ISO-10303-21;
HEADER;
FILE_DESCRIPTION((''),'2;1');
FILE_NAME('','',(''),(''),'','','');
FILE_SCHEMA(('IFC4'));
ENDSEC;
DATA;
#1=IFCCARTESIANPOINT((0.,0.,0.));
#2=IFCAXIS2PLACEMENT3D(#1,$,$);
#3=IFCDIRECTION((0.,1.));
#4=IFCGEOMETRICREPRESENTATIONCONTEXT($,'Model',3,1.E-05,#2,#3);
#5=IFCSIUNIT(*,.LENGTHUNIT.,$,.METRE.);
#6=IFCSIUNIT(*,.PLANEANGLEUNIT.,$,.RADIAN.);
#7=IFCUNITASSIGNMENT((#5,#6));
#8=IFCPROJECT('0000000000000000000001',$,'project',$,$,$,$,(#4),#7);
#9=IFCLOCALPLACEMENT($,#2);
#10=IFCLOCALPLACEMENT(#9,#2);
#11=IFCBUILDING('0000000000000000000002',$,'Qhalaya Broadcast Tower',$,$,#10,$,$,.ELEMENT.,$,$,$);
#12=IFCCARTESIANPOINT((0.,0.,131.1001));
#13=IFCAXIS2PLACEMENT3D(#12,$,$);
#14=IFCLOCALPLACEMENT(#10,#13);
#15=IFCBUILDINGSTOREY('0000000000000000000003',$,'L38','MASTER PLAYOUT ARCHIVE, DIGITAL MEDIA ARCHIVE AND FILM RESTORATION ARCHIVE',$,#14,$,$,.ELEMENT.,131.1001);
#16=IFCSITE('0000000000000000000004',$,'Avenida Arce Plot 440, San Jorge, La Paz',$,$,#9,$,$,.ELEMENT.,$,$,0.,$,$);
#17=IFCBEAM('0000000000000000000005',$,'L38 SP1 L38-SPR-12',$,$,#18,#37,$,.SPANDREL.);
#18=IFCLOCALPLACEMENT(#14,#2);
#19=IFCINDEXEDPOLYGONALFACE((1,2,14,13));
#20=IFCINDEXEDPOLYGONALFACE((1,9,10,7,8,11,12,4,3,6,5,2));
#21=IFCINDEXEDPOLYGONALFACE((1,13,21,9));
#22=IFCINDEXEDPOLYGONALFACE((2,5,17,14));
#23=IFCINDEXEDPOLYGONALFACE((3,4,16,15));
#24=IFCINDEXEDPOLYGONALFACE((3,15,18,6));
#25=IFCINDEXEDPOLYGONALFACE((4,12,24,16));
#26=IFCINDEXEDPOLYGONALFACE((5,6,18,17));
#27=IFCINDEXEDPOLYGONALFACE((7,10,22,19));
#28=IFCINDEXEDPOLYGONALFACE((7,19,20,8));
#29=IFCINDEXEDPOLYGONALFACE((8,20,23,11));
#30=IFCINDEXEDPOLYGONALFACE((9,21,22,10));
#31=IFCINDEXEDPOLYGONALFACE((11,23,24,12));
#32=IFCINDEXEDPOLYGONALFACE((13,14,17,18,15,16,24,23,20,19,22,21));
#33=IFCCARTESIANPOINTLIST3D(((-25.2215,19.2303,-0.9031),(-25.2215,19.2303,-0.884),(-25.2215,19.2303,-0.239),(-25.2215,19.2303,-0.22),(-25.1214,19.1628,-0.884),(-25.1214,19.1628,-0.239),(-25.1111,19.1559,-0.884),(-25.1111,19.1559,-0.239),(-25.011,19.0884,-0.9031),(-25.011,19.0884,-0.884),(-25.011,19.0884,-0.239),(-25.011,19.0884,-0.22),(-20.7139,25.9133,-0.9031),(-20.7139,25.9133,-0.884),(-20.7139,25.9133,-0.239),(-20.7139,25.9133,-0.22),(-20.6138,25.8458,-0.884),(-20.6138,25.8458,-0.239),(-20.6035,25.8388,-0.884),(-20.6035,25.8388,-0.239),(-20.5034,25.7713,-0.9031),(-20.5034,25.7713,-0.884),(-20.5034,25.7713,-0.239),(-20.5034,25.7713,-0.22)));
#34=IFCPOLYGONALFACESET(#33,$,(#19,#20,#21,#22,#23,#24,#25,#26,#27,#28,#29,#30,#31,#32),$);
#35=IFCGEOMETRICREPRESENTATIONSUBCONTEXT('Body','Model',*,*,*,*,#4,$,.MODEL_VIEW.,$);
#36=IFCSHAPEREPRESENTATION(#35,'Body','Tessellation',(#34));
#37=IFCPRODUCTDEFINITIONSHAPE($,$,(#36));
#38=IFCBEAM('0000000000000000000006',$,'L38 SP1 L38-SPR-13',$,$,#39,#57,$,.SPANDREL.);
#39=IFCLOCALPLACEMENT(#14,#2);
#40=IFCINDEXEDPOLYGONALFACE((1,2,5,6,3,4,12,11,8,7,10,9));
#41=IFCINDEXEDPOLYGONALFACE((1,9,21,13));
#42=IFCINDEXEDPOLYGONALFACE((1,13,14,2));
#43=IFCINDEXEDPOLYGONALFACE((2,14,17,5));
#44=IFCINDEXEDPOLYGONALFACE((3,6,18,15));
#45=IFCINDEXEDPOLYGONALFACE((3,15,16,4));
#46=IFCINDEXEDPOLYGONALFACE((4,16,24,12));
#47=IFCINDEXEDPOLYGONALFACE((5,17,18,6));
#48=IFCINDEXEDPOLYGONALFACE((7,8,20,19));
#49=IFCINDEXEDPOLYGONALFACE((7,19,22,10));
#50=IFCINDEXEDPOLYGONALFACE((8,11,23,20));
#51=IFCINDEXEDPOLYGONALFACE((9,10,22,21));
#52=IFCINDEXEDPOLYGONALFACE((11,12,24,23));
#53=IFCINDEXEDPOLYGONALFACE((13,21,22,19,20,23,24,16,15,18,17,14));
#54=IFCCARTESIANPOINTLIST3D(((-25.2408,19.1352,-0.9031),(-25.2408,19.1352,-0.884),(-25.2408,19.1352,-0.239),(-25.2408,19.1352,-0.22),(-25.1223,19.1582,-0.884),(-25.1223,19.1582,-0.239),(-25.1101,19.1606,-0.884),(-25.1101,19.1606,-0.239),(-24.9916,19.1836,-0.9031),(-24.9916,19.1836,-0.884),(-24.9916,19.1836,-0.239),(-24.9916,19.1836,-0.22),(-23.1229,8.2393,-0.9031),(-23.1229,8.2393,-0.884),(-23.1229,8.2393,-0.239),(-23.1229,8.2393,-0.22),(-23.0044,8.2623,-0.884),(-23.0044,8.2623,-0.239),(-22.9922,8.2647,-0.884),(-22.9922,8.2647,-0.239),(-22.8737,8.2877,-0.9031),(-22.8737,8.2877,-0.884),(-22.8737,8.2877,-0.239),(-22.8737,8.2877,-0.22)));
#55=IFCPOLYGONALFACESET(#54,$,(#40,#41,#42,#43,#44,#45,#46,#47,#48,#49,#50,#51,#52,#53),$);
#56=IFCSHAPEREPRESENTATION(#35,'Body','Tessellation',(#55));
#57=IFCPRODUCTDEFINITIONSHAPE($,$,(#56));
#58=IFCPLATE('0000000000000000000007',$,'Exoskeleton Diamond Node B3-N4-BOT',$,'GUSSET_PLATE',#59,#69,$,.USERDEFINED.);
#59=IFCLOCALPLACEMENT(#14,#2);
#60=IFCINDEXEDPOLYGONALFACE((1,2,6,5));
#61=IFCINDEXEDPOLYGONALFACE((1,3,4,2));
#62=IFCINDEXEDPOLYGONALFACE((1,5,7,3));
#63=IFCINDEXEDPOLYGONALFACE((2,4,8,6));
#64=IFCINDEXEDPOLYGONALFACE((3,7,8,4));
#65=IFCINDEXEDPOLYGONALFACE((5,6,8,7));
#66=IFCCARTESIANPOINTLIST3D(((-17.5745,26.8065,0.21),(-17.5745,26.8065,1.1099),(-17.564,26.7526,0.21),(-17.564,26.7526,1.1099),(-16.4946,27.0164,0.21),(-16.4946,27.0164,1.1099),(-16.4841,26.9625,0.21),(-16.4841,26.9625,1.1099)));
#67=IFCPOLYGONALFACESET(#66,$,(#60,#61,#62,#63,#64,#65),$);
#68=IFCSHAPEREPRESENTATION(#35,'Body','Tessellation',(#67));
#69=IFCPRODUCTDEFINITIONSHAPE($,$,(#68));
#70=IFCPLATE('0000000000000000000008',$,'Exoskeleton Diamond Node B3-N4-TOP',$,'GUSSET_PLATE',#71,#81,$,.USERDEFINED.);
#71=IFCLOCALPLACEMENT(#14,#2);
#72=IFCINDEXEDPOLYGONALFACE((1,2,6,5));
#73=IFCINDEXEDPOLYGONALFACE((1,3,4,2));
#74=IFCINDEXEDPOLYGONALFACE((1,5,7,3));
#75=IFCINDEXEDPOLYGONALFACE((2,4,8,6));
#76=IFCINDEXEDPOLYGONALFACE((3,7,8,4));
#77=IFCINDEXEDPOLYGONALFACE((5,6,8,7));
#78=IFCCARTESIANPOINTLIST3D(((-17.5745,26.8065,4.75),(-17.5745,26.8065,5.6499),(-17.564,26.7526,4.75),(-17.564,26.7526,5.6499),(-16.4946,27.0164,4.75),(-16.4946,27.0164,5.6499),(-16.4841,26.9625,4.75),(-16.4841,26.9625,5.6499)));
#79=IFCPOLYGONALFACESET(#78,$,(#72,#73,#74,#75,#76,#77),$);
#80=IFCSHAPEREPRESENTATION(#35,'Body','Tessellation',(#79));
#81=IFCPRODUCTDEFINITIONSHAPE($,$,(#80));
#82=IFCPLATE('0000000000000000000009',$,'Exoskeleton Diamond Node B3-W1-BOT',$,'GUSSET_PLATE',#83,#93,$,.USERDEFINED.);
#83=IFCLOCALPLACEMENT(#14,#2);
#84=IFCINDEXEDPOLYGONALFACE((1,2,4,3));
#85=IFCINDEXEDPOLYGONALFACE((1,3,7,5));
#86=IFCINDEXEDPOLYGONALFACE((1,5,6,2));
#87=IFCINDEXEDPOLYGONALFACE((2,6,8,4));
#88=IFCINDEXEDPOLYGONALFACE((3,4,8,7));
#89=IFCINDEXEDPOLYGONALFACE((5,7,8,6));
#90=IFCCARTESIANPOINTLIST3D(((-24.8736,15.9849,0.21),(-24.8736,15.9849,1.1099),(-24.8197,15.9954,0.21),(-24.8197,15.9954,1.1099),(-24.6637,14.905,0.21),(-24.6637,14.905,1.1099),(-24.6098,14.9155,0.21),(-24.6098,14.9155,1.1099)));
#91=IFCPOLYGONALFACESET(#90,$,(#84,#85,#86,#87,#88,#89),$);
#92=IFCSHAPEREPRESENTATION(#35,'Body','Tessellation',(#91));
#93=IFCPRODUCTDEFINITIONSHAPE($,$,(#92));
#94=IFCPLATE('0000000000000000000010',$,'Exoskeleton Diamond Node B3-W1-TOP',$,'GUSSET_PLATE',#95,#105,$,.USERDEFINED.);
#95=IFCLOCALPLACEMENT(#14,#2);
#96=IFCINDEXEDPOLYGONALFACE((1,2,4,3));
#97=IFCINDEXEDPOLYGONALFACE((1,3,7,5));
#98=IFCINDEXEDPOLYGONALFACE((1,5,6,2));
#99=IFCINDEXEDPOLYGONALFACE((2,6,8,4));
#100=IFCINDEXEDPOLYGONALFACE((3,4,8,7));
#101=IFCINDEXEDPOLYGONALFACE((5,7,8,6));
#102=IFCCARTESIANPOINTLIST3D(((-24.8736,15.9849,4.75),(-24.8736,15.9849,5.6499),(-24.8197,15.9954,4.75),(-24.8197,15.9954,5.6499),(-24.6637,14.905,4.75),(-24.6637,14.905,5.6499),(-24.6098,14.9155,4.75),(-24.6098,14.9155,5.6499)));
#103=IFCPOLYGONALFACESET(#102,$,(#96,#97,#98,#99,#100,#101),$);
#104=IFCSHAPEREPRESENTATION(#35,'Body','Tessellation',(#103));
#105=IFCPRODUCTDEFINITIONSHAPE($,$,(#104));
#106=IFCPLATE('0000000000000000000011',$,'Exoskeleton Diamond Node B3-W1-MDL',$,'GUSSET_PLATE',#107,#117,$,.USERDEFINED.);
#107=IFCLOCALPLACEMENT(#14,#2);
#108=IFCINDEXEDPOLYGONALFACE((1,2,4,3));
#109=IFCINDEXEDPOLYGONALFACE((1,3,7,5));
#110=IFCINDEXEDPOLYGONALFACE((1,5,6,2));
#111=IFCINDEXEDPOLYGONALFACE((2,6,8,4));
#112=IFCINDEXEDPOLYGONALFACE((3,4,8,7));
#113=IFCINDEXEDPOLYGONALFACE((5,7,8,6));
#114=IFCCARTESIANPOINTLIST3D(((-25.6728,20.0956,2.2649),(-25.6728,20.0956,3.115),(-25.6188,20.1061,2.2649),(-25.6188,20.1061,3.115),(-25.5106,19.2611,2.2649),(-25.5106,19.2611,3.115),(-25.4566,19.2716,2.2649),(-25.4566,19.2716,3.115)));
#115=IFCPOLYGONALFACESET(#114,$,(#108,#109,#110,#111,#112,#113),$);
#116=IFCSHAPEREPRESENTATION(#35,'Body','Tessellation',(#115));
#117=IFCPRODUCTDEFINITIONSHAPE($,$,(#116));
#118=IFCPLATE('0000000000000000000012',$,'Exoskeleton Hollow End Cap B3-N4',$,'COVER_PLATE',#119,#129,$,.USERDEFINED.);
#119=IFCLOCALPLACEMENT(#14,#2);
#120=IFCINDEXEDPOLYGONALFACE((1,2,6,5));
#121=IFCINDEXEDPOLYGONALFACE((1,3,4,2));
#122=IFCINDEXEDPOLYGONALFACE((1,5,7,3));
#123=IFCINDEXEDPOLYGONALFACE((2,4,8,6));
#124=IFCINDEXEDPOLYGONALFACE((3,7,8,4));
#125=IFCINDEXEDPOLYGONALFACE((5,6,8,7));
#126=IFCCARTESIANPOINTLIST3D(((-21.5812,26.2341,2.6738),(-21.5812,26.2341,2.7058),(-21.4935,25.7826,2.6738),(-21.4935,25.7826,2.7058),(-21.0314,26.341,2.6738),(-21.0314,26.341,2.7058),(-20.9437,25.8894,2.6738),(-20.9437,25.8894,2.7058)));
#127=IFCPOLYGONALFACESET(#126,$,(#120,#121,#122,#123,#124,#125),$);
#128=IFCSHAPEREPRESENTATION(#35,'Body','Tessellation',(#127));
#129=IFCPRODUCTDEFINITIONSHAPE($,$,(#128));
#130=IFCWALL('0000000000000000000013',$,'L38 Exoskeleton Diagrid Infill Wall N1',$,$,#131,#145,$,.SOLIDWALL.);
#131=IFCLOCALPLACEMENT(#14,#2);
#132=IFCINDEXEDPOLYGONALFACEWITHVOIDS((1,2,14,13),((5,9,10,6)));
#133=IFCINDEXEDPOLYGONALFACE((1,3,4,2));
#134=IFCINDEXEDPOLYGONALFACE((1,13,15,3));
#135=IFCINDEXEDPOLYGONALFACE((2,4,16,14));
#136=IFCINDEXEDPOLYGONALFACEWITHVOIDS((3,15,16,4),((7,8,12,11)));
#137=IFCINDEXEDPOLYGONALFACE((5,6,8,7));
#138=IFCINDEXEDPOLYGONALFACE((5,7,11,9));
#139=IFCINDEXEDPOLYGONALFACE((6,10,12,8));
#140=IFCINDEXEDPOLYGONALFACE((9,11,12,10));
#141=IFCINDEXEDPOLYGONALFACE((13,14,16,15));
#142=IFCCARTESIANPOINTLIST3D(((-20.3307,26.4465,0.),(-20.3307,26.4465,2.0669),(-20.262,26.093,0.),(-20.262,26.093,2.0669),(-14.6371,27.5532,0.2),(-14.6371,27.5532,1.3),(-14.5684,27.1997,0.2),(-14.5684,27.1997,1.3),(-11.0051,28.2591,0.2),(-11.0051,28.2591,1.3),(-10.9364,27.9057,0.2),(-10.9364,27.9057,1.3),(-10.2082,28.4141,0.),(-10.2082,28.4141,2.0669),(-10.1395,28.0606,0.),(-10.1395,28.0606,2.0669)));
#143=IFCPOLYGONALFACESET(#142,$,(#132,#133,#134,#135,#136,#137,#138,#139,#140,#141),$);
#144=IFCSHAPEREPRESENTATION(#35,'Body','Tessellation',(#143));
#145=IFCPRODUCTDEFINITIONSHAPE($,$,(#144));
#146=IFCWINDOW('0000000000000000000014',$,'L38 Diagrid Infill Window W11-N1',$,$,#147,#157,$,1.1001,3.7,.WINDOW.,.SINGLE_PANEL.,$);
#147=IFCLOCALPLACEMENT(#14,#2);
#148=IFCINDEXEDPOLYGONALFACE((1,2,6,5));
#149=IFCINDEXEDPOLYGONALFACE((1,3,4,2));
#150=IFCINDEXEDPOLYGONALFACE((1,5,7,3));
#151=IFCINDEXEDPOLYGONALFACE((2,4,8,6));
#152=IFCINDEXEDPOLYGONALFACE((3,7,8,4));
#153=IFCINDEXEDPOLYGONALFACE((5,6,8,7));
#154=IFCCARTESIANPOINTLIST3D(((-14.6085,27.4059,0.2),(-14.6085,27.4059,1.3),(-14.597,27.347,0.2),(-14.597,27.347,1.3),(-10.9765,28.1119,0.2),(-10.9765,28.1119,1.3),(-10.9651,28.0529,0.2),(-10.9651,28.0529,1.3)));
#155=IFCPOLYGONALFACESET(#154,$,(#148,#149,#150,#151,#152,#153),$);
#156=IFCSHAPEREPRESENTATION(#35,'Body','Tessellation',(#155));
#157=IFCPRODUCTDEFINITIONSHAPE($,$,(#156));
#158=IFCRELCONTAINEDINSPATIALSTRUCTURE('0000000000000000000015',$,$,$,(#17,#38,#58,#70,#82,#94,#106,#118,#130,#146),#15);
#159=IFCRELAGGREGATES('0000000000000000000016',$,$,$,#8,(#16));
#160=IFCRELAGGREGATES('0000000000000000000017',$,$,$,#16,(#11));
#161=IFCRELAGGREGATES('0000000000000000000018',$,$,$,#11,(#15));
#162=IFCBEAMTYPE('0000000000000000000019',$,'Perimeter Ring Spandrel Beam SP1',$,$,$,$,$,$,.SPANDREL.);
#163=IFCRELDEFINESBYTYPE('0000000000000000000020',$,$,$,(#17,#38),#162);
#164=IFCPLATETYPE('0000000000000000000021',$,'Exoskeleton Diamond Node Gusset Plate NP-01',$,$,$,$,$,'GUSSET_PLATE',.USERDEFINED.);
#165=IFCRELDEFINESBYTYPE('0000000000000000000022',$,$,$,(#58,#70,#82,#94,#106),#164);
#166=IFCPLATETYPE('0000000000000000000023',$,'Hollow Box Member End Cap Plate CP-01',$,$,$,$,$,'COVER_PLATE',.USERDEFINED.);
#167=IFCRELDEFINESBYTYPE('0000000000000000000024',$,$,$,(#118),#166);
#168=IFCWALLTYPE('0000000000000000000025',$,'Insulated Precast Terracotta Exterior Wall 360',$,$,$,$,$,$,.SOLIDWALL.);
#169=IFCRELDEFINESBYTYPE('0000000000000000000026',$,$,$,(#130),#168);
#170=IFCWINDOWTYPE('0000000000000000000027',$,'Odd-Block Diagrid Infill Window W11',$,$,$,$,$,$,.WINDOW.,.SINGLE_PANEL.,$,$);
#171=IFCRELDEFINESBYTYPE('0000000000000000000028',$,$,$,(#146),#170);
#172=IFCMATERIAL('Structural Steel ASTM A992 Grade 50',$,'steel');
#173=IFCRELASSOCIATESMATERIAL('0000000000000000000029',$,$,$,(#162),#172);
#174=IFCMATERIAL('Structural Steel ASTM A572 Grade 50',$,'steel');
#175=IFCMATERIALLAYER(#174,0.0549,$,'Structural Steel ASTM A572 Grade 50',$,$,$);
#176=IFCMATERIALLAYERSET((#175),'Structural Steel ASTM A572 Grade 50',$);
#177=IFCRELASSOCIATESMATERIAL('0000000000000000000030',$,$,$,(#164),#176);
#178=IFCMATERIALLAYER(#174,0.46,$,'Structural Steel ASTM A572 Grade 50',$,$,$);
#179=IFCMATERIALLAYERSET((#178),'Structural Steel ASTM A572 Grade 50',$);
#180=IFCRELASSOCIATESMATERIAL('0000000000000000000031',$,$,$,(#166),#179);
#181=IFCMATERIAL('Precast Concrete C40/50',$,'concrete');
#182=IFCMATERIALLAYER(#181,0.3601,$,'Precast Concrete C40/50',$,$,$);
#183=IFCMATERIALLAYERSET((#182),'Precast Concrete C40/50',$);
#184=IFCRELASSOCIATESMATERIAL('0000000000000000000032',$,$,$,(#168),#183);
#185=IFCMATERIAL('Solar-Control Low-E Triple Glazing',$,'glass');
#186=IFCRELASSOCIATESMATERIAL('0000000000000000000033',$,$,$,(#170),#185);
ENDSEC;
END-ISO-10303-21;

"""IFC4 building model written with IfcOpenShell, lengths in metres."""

from ifc_helpers import new_model, si_unit, direction, frame, frame_2d, origin, origin_2d, place, context, subcontext, project, spatial, rectangle, i_section, extrude, material, layer, layer_set, material_profile, profile_set, type_object, element, fill, save


model = new_model("IFC4")

# Units and contexts
model_context = context("Model", 3, precision=1e-05, world=origin(), true_north=direction((0.0, 1.0)))
body_context = subcontext(model_context, "Body", "Model", "MODEL_VIEW")
ifc_project = project(units=[si_unit("LENGTHUNIT", "METRE"), si_unit("PLANEANGLEUNIT", "RADIAN")], contexts=[model_context])

# Site, building, storey
site_placement = place(None, origin())
site = spatial("IfcSite", under=ifc_project, at=site_placement, Name="Avenida Arce Plot 440, San Jorge, La Paz", CompositionType="ELEMENT", RefElevation=0.0)
building_placement = place(site_placement, origin())
building = spatial("IfcBuilding", under=site, at=building_placement, Name="Qhalaya Broadcast Tower", CompositionType="ELEMENT")
storey_placement = place(building_placement, frame((0.0, 0.0, 131.1001)))
storey = spatial("IfcBuildingStorey", under=building, at=storey_placement, Name="L38", Description="MASTER PLAYOUT ARCHIVE, DIGITAL MEDIA ARCHIVE AND FILM RESTORATION ARCHIVE", CompositionType="ELEMENT", Elevation=131.1001)

# Shared definitions
ifc_material_1 = material(Name="Structural Steel ASTM A572 Grade 50", Category="steel")

# Shared definitions
ifc_material_2 = material(Name="Structural Steel ASTM A992 Grade 50", Category="steel")

# Beams
ifc_material_profile_1 = material_profile(ifc_material_2, i_section(OverallWidth=0.2539, OverallDepth=0.6831, WebThickness=0.0125, FlangeThickness=0.019, at=origin_2d()), Name="W27X94")
ifc_profile_set_1 = profile_set([ifc_material_profile_1], Name="Structural Steel ASTM A992 Grade 50")
beam_type_1 = type_object("IfcBeamType", Name="Perimeter Ring Spandrel Beam SP1", PredefinedType="SPANDREL", material=ifc_profile_set_1)
beam_1_placement = place(storey_placement, frame((-20.6086, 25.8423, -0.5615), z_axis=(-0.559186, -0.829042, 0.0), x_axis=(0.829042, -0.559186, 0.0)))
element("IfcBeam", 1, at=beam_1_placement, inside=storey, type_object=beam_type_1, Name="L38 SP1 L38-SPR-12", PredefinedType="SPANDREL", context=body_context, shape_type="SweptSolid", body=[
    extrude(i_section(OverallWidth=0.2539, OverallDepth=0.6831, WebThickness=0.0125, FlangeThickness=0.019, at=origin_2d()), origin(), (0.0, 0.0, 1.0), 8.061),
])
beam_2_placement = place(storey_placement, frame((-25.1162, 19.1594, -0.5615), z_axis=(0.190805, -0.981628, 0.0), x_axis=(0.981628, 0.190805, 0.0)))
element("IfcBeam", 2, at=beam_2_placement, inside=storey, type_object=beam_type_1, Name="L38 SP1 L38-SPR-13", PredefinedType="SPANDREL", context=body_context, shape_type="SweptSolid", body=[
    extrude(i_section(OverallWidth=0.2539, OverallDepth=0.6831, WebThickness=0.0125, FlangeThickness=0.019, at=origin_2d()), origin(), (0.0, 0.0, 1.0), 11.0999),
])

# Plates
ifc_layer_1 = layer(ifc_material_1, 0.0549, Name="Structural Steel ASTM A572 Grade 50")
ifc_layer_set_1 = layer_set([ifc_layer_1], Name="Structural Steel ASTM A572 Grade 50")
plate_type_1 = type_object("IfcPlateType", Name="Exoskeleton Diamond Node Gusset Plate NP-01", ElementType="GUSSET_PLATE", PredefinedType="USERDEFINED", material=ifc_layer_set_1)
for number, where, z_axis, x_axis, name in (
    (3, (-17.0293, 26.8845, 0.21), (0.0, 0.0, 1.0), (0.981627, 0.190809, 0.0), "Exoskeleton Diamond Node B3-N4-BOT"),
    (4, (-17.0293, 26.8845, 4.75), (0.0, 0.0, 1.0), (0.981627, 0.190809, 0.0), "Exoskeleton Diamond Node B3-N4-TOP"),
    (5, (-24.7417, 15.4502, 0.21), (0.0, 0.0, 1.0), (-0.190809, 0.981627, 0.0), "Exoskeleton Diamond Node B3-W1-BOT"),
    (6, (-24.7417, 15.4502, 4.75), (0.0, 0.0, 1.0), (-0.190809, 0.981627, 0.0), "Exoskeleton Diamond Node B3-W1-TOP"),
):
    element("IfcPlate", number, at=place(storey_placement, frame(where, z_axis=z_axis, x_axis=x_axis)), inside=storey, type_object=plate_type_1, Name=name, ObjectType="GUSSET_PLATE", PredefinedType="USERDEFINED", context=body_context, shape_type="SweptSolid", body=[
        extrude(rectangle(XDim=1.1001, YDim=0.0549, at=origin_2d()), origin(), (0.0, 0.0, 1.0), 0.8999),
    ])
plate_1_placement = place(storey_placement, frame((-25.5647, 19.6836, 2.2649), z_axis=(0.0, 0.0, 1.0), x_axis=(-0.190809, 0.981627, 0.0)))
element("IfcPlate", 7, at=plate_1_placement, inside=storey, type_object=plate_type_1, Name="Exoskeleton Diamond Node B3-W1-MDL", ObjectType="GUSSET_PLATE", PredefinedType="USERDEFINED", context=body_context, shape_type="SweptSolid", body=[
    extrude(rectangle(XDim=0.8501, YDim=0.0549, at=origin_2d()), origin(), (0.0, 0.0, 1.0), 0.8501),
])
ifc_layer_2 = layer(ifc_material_1, 0.46, Name="Structural Steel ASTM A572 Grade 50")
ifc_layer_set_2 = layer_set([ifc_layer_2], Name="Structural Steel ASTM A572 Grade 50")
plate_type_2 = type_object("IfcPlateType", Name="Hollow Box Member End Cap Plate CP-01", ElementType="COVER_PLATE", PredefinedType="USERDEFINED", material=ifc_layer_set_2)
plate_2_placement = place(storey_placement, frame((-21.2625, 26.0618, 2.6738), z_axis=(0.0, 0.0, 1.0), x_axis=(0.981627, 0.190809, 0.0)))
element("IfcPlate", 8, at=plate_2_placement, inside=storey, type_object=plate_type_2, Name="Exoskeleton Hollow End Cap B3-N4", ObjectType="COVER_PLATE", PredefinedType="USERDEFINED", context=body_context, shape_type="SweptSolid", body=[
    extrude(rectangle(XDim=0.5601, YDim=0.46, at=origin_2d()), origin(), (0.0, 0.0, 1.0), 0.032),
])

# Wall, opening, window
ifc_material_3 = material(Name="Precast Concrete C40/50", Category="concrete")
ifc_layer_3 = layer(ifc_material_3, 0.3601, Name="Precast Concrete C40/50")
ifc_layer_set_3 = layer_set([ifc_layer_3], Name="Precast Concrete C40/50")
wall_type = type_object("IfcWallType", Name="Insulated Precast Terracotta Exterior Wall 360", PredefinedType="SOLIDWALL", material=ifc_layer_set_3)
wall_placement = place(storey_placement, frame((-20.2964, 26.2698, 0.0), z_axis=(0.0, 0.0, 1.0), x_axis=(0.981629, 0.1908, 0.0)))
wall = element("IfcWall", 9, at=wall_placement, inside=storey, type_object=wall_type, Name="L38 Exoskeleton Diagrid Infill Wall N1", PredefinedType="SOLIDWALL", context=body_context, shape_type="SweptSolid", body=[
    extrude(rectangle(XDim=10.312, YDim=0.3601, at=frame_2d((5.156, 0.0))), origin(), (0.0, 0.0, 1.0), 2.0669),
])
opening_placement = place(wall_placement, frame((5.8, 0.0, 0.2)))
opening = element("IfcOpeningElement", 10, at=opening_placement, cuts=wall, PredefinedType="OPENING", context=body_context, shape_type="SweptSolid", body=[
    extrude(rectangle(XDim=3.7, YDim=1.1001, at=frame_2d((1.8501, 0.55))), frame((0.0, 0.1921, 0.0), z_axis=(0.0, -1.0, 0.0), x_axis=(1.0, 0.0, 0.0)), (0.0, 0.0, 1.0), 0.384),
])
ifc_material_4 = material(Name="Solar-Control Low-E Triple Glazing", Category="glass")
window_type = type_object("IfcWindowType", Name="Odd-Block Diagrid Infill Window W11", PartitioningType="SINGLE_PANEL", PredefinedType="WINDOW", material=ifc_material_4)
window_placement = place(opening_placement, origin())
window = element("IfcWindow", 11, at=window_placement, inside=storey, type_object=window_type, Name="L38 Diagrid Infill Window W11-N1", OverallHeight=1.1001, OverallWidth=3.7, PartitioningType="SINGLE_PANEL", PredefinedType="WINDOW", context=body_context, shape_type="SweptSolid", body=[
    extrude(rectangle(XDim=3.7, YDim=1.1001, at=frame_2d((1.8501, 0.55))), frame((0.0, 0.03, 0.0), z_axis=(0.0, -1.0, 0.0), x_axis=(1.0, 0.0, 0.0)), (0.0, 0.0, 1.0), 0.0601),
])
fill(opening, window)

save(model, "model.ifc")
